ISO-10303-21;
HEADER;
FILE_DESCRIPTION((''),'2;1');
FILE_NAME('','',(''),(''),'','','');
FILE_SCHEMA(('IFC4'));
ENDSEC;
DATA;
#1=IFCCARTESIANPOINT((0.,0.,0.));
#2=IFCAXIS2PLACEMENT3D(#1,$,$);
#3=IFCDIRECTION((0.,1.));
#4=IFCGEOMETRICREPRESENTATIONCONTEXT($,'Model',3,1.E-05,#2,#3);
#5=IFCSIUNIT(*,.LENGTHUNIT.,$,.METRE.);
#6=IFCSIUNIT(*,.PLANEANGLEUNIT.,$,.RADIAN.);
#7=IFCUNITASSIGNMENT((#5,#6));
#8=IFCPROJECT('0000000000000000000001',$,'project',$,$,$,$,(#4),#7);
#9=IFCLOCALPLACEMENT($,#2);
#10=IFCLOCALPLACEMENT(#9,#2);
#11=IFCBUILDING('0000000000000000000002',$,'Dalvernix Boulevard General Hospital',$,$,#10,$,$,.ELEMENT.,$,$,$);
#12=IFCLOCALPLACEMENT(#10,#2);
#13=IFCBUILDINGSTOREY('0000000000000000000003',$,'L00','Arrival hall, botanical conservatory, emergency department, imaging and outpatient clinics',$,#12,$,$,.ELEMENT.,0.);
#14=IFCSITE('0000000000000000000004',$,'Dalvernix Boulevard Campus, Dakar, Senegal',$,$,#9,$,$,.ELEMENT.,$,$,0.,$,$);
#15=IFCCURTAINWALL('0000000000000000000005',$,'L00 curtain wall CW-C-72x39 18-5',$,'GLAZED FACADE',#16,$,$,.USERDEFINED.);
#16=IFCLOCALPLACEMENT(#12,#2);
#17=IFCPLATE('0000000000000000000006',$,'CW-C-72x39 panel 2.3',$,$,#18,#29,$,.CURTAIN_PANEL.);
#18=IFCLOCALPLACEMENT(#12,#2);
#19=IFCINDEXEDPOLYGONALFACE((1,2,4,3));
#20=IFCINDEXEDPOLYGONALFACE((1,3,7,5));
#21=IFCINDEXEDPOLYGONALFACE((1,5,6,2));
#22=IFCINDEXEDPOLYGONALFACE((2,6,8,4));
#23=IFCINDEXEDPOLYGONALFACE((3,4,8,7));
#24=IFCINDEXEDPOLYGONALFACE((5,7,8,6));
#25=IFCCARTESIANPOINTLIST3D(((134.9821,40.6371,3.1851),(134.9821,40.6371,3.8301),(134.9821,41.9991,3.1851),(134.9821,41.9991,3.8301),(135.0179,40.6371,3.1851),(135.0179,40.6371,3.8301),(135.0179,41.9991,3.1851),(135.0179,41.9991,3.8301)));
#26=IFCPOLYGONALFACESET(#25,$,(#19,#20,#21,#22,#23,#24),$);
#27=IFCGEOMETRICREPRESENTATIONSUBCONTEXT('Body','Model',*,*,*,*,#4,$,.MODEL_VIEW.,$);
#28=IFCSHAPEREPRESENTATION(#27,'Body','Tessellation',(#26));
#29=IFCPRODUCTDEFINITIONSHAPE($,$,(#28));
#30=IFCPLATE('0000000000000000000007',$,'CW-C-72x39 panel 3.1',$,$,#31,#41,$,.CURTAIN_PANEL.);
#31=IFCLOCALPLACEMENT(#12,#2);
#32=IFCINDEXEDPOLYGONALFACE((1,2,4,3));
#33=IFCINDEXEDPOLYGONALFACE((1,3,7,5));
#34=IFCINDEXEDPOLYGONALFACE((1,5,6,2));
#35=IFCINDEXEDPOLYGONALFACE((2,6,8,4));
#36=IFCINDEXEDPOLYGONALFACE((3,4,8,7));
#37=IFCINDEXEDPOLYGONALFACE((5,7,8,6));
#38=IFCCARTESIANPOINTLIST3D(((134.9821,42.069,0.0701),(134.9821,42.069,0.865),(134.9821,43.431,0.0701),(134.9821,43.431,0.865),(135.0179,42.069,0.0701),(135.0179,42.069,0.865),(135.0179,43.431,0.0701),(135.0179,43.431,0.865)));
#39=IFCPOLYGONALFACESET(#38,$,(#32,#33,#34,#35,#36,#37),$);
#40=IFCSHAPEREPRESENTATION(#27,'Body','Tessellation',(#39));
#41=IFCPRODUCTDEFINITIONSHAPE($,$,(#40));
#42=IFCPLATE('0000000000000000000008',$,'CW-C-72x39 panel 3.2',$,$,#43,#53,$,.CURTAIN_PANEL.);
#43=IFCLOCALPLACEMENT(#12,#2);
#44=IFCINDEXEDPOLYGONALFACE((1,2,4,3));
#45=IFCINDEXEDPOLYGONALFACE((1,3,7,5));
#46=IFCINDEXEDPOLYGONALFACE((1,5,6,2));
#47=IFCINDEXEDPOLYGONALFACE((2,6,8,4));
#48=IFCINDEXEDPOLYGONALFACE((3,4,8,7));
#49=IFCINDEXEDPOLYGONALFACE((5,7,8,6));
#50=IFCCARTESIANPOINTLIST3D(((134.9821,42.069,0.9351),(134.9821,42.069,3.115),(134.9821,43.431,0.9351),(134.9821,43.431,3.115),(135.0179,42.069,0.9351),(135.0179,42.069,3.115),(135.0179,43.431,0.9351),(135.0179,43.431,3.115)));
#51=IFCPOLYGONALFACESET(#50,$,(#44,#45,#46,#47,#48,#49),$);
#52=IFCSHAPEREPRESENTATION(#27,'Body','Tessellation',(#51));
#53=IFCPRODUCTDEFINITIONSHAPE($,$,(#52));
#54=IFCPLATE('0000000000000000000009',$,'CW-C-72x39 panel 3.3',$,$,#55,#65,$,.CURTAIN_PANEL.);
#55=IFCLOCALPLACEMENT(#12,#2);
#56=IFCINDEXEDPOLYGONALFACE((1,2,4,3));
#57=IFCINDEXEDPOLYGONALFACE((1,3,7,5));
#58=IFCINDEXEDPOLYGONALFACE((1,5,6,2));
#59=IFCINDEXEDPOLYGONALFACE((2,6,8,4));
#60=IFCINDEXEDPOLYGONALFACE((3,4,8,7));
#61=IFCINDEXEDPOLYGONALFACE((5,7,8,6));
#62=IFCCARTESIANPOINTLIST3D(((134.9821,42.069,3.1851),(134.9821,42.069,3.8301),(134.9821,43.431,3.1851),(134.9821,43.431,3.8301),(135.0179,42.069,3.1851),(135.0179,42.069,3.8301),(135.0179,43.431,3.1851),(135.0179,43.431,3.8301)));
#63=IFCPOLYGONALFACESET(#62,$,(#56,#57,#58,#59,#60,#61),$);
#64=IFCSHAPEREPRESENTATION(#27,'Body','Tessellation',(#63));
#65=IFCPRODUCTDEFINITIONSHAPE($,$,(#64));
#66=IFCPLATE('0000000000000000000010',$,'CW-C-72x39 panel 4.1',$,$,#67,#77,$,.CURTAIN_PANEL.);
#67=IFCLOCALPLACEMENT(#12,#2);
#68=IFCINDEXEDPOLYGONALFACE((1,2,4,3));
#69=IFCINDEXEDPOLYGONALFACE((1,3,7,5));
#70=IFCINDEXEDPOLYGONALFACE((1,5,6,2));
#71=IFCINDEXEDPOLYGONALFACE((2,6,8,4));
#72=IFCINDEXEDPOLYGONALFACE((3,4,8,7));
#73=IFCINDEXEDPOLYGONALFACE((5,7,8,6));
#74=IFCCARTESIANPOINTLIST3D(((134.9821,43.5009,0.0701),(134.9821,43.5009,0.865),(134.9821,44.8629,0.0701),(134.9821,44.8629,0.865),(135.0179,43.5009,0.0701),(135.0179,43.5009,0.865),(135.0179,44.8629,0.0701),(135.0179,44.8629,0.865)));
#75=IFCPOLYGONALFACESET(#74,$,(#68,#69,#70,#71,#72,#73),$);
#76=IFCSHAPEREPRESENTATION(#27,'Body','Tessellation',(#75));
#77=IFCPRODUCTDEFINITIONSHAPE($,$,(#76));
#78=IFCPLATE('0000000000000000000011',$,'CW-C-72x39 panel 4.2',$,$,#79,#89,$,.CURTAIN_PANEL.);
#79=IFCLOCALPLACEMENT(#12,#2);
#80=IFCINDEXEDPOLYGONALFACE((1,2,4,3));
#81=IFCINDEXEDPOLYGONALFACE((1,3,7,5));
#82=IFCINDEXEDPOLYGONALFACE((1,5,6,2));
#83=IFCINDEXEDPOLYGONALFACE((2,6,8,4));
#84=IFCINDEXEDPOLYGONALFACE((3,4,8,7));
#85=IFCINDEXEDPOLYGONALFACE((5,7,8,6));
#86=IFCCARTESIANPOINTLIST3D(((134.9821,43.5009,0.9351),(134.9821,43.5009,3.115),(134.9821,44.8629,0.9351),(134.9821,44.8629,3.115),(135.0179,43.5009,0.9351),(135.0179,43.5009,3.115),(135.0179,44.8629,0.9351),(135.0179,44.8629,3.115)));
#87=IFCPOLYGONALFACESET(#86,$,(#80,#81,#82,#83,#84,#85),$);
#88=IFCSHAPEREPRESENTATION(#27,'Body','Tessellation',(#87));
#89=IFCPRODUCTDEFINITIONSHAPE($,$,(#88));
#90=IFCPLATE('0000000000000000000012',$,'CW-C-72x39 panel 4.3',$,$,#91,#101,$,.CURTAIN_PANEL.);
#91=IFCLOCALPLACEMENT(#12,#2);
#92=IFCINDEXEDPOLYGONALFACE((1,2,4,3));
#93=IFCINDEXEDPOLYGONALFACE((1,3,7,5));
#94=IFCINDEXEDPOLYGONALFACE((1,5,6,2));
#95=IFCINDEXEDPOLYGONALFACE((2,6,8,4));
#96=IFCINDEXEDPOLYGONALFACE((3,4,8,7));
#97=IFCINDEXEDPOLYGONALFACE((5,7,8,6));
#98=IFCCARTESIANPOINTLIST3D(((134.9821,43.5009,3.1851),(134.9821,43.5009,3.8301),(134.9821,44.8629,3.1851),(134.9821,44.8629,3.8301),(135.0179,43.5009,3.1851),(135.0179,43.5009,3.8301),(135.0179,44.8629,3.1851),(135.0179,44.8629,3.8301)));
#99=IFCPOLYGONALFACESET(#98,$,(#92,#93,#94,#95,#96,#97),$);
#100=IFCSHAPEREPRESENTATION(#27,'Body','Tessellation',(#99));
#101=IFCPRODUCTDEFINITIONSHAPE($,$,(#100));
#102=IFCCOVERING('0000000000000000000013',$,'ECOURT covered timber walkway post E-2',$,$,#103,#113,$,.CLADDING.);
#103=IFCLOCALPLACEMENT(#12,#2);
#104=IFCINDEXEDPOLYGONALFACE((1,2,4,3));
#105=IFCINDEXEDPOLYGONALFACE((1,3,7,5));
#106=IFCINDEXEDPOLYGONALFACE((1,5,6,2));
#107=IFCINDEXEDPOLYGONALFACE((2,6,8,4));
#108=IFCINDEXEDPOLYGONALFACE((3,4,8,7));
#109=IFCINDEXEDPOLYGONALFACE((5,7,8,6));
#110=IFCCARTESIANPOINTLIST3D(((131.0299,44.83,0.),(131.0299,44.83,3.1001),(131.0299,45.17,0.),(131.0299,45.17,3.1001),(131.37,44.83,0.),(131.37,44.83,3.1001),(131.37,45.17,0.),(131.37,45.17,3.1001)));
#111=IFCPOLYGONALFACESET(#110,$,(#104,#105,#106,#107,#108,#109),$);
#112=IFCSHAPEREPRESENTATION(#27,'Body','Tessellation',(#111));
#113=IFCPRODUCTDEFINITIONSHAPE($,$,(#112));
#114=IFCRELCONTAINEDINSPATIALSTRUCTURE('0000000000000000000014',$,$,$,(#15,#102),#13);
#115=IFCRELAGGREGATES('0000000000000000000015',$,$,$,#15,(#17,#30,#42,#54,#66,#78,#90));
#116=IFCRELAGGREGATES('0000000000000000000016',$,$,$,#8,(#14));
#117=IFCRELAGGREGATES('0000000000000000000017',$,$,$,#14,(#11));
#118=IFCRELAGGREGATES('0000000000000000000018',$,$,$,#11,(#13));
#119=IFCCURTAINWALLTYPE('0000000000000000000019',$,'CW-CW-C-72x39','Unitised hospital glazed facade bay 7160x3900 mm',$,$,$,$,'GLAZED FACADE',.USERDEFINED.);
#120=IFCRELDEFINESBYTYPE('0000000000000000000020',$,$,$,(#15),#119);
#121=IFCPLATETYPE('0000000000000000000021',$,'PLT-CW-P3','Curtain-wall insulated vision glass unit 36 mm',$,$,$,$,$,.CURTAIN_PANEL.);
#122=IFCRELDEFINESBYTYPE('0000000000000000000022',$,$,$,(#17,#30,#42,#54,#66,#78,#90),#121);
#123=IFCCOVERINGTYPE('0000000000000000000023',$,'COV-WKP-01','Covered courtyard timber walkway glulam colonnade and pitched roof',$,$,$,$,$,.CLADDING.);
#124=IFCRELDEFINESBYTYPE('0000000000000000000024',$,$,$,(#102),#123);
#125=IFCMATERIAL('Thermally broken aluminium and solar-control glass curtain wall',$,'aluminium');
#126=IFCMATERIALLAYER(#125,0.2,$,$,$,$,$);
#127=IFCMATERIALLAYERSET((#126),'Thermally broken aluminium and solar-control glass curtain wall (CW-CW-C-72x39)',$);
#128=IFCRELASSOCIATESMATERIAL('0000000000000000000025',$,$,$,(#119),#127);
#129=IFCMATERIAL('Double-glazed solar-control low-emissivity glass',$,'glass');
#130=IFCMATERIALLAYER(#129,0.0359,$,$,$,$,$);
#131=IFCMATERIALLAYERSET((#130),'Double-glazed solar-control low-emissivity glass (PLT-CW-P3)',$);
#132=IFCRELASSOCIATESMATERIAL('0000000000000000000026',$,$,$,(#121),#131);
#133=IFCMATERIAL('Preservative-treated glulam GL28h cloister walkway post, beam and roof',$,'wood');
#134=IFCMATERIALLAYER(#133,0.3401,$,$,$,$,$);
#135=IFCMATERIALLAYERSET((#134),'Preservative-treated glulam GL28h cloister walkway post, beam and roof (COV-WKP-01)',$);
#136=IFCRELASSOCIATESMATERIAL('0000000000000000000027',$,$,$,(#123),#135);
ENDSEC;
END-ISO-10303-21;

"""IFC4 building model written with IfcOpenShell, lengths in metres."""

from ifc_helpers import new_model, si_unit, direction, frame, origin, origin_2d, place, context, subcontext, project, spatial, rectangle, extrude, material, layer, layer_set, type_object, element, aggregate, save


model = new_model("IFC4")

# Units and contexts
model_context = context("Model", 3, precision=1e-05, world=origin(), true_north=direction((0.0, 1.0)))
body_context = subcontext(model_context, "Body", "Model", "MODEL_VIEW")
ifc_project = project(units=[si_unit("LENGTHUNIT", "METRE"), si_unit("PLANEANGLEUNIT", "RADIAN")], contexts=[model_context])

# Site, building, storey
site_placement = place(None, origin())
site = spatial("IfcSite", under=ifc_project, at=site_placement, Name="Dalvernix Boulevard Campus, Dakar, Senegal", CompositionType="ELEMENT", RefElevation=0.0)
building_placement = place(site_placement, origin())
building = spatial("IfcBuilding", under=site, at=building_placement, Name="Dalvernix Boulevard General Hospital", CompositionType="ELEMENT")
storey_placement = place(building_placement, origin())
storey = spatial("IfcBuildingStorey", under=building, at=storey_placement, Name="L00", Description="Arrival hall, botanical conservatory, emergency department, imaging and outpatient clinics", CompositionType="ELEMENT", Elevation=0.0)

# Curtain wall, plates
ifc_material_1 = material(Name="Thermally broken aluminium and solar-control glass curtain wall", Category="aluminium")
ifc_layer_1 = layer(ifc_material_1, 0.2)
ifc_layer_set_1 = layer_set([ifc_layer_1], Name="Thermally broken aluminium and solar-control glass curtain wall (CW-CW-C-72x39)")
curtain_wall_type = type_object("IfcCurtainWallType", Name="CW-CW-C-72x39", Description="Unitised hospital glazed facade bay 7160x3900 mm", ElementType="GLAZED FACADE", PredefinedType="USERDEFINED", material=ifc_layer_set_1)
curtain_wall_placement = place(storey_placement, origin())
curtain_wall = element("IfcCurtainWall", 1, at=curtain_wall_placement, inside=storey, type_object=curtain_wall_type, Name="L00 curtain wall CW-C-72x39 18-5", ObjectType="GLAZED FACADE", PredefinedType="USERDEFINED")
ifc_material_2 = material(Name="Double-glazed solar-control low-emissivity glass", Category="glass")
ifc_layer_2 = layer(ifc_material_2, 0.0359)
ifc_layer_set_2 = layer_set([ifc_layer_2], Name="Double-glazed solar-control low-emissivity glass (PLT-CW-P3)")
plate_type = type_object("IfcPlateType", Name="PLT-CW-P3", Description="Curtain-wall insulated vision glass unit 36 mm", PredefinedType="CURTAIN_PANEL", material=ifc_layer_set_2)
plate_1_placement = place(storey_placement, frame((135.0, 41.3181, 3.1851), z_axis=(0.0, 0.0, 1.0), x_axis=(0.0, 1.0, 0.0)))
plate_1 = element("IfcPlate", 2, at=plate_1_placement, type_object=plate_type, Name="CW-C-72x39 panel 2.3", PredefinedType="CURTAIN_PANEL", context=body_context, shape_type="SweptSolid", body=[
    extrude(rectangle(XDim=1.3621, YDim=0.0359, at=origin_2d()), origin(), (0.0, 0.0, 1.0), 0.645),
])
plate_2_placement = place(storey_placement, frame((135.0, 42.75, 0.0701), z_axis=(0.0, 0.0, 1.0), x_axis=(0.0, 1.0, 0.0)))
plate_2 = element("IfcPlate", 3, at=plate_2_placement, type_object=plate_type, Name="CW-C-72x39 panel 3.1", PredefinedType="CURTAIN_PANEL", context=body_context, shape_type="SweptSolid", body=[
    extrude(rectangle(XDim=1.3621, YDim=0.0359, at=origin_2d()), origin(), (0.0, 0.0, 1.0), 0.7949),
])
plate_3_placement = place(storey_placement, frame((135.0, 42.75, 0.9351), z_axis=(0.0, 0.0, 1.0), x_axis=(0.0, 1.0, 0.0)))
plate_3 = element("IfcPlate", 4, at=plate_3_placement, type_object=plate_type, Name="CW-C-72x39 panel 3.2", PredefinedType="CURTAIN_PANEL", context=body_context, shape_type="SweptSolid", body=[
    extrude(rectangle(XDim=1.3621, YDim=0.0359, at=origin_2d()), origin(), (0.0, 0.0, 1.0), 2.1799),
])
plate_4_placement = place(storey_placement, frame((135.0, 42.75, 3.1851), z_axis=(0.0, 0.0, 1.0), x_axis=(0.0, 1.0, 0.0)))
plate_4 = element("IfcPlate", 5, at=plate_4_placement, type_object=plate_type, Name="CW-C-72x39 panel 3.3", PredefinedType="CURTAIN_PANEL", context=body_context, shape_type="SweptSolid", body=[
    extrude(rectangle(XDim=1.3621, YDim=0.0359, at=origin_2d()), origin(), (0.0, 0.0, 1.0), 0.645),
])
plate_5_placement = place(storey_placement, frame((135.0, 44.1819, 0.0701), z_axis=(0.0, 0.0, 1.0), x_axis=(0.0, 1.0, 0.0)))
plate_5 = element("IfcPlate", 6, at=plate_5_placement, type_object=plate_type, Name="CW-C-72x39 panel 4.1", PredefinedType="CURTAIN_PANEL", context=body_context, shape_type="SweptSolid", body=[
    extrude(rectangle(XDim=1.3621, YDim=0.0359, at=origin_2d()), origin(), (0.0, 0.0, 1.0), 0.7949),
])
plate_6_placement = place(storey_placement, frame((135.0, 44.1819, 0.9351), z_axis=(0.0, 0.0, 1.0), x_axis=(0.0, 1.0, 0.0)))
plate_6 = element("IfcPlate", 7, at=plate_6_placement, type_object=plate_type, Name="CW-C-72x39 panel 4.2", PredefinedType="CURTAIN_PANEL", context=body_context, shape_type="SweptSolid", body=[
    extrude(rectangle(XDim=1.3621, YDim=0.0359, at=origin_2d()), origin(), (0.0, 0.0, 1.0), 2.1799),
])
plate_7_placement = place(storey_placement, frame((135.0, 44.1819, 3.1851), z_axis=(0.0, 0.0, 1.0), x_axis=(0.0, 1.0, 0.0)))
plate_7 = element("IfcPlate", 8, at=plate_7_placement, type_object=plate_type, Name="CW-C-72x39 panel 4.3", PredefinedType="CURTAIN_PANEL", context=body_context, shape_type="SweptSolid", body=[
    extrude(rectangle(XDim=1.3621, YDim=0.0359, at=origin_2d()), origin(), (0.0, 0.0, 1.0), 0.645),
])
aggregate(curtain_wall, [plate_1, plate_2, plate_3, plate_4, plate_5, plate_6, plate_7])

# Covering
ifc_material_3 = material(Name="Preservative-treated glulam GL28h cloister walkway post, beam and roof", Category="wood")
ifc_layer_3 = layer(ifc_material_3, 0.3401)
ifc_layer_set_3 = layer_set([ifc_layer_3], Name="Preservative-treated glulam GL28h cloister walkway post, beam and roof (COV-WKP-01)")
covering_type = type_object("IfcCoveringType", Name="COV-WKP-01", Description="Covered courtyard timber walkway glulam colonnade and pitched roof", PredefinedType="CLADDING", material=ifc_layer_set_3)
covering_placement = place(storey_placement, frame((131.2, 45.0, 0.0), z_axis=(0.0, 0.0, 1.0), x_axis=(1.0, 0.0, 0.0)))
element("IfcCovering", 9, at=covering_placement, inside=storey, type_object=covering_type, Name="ECOURT covered timber walkway post E-2", PredefinedType="CLADDING", context=body_context, shape_type="SweptSolid", body=[
    extrude(rectangle(XDim=0.3401, YDim=0.3401, at=origin_2d()), origin(), (0.0, 0.0, 1.0), 3.1001),
])

save(model, "model.ifc")
